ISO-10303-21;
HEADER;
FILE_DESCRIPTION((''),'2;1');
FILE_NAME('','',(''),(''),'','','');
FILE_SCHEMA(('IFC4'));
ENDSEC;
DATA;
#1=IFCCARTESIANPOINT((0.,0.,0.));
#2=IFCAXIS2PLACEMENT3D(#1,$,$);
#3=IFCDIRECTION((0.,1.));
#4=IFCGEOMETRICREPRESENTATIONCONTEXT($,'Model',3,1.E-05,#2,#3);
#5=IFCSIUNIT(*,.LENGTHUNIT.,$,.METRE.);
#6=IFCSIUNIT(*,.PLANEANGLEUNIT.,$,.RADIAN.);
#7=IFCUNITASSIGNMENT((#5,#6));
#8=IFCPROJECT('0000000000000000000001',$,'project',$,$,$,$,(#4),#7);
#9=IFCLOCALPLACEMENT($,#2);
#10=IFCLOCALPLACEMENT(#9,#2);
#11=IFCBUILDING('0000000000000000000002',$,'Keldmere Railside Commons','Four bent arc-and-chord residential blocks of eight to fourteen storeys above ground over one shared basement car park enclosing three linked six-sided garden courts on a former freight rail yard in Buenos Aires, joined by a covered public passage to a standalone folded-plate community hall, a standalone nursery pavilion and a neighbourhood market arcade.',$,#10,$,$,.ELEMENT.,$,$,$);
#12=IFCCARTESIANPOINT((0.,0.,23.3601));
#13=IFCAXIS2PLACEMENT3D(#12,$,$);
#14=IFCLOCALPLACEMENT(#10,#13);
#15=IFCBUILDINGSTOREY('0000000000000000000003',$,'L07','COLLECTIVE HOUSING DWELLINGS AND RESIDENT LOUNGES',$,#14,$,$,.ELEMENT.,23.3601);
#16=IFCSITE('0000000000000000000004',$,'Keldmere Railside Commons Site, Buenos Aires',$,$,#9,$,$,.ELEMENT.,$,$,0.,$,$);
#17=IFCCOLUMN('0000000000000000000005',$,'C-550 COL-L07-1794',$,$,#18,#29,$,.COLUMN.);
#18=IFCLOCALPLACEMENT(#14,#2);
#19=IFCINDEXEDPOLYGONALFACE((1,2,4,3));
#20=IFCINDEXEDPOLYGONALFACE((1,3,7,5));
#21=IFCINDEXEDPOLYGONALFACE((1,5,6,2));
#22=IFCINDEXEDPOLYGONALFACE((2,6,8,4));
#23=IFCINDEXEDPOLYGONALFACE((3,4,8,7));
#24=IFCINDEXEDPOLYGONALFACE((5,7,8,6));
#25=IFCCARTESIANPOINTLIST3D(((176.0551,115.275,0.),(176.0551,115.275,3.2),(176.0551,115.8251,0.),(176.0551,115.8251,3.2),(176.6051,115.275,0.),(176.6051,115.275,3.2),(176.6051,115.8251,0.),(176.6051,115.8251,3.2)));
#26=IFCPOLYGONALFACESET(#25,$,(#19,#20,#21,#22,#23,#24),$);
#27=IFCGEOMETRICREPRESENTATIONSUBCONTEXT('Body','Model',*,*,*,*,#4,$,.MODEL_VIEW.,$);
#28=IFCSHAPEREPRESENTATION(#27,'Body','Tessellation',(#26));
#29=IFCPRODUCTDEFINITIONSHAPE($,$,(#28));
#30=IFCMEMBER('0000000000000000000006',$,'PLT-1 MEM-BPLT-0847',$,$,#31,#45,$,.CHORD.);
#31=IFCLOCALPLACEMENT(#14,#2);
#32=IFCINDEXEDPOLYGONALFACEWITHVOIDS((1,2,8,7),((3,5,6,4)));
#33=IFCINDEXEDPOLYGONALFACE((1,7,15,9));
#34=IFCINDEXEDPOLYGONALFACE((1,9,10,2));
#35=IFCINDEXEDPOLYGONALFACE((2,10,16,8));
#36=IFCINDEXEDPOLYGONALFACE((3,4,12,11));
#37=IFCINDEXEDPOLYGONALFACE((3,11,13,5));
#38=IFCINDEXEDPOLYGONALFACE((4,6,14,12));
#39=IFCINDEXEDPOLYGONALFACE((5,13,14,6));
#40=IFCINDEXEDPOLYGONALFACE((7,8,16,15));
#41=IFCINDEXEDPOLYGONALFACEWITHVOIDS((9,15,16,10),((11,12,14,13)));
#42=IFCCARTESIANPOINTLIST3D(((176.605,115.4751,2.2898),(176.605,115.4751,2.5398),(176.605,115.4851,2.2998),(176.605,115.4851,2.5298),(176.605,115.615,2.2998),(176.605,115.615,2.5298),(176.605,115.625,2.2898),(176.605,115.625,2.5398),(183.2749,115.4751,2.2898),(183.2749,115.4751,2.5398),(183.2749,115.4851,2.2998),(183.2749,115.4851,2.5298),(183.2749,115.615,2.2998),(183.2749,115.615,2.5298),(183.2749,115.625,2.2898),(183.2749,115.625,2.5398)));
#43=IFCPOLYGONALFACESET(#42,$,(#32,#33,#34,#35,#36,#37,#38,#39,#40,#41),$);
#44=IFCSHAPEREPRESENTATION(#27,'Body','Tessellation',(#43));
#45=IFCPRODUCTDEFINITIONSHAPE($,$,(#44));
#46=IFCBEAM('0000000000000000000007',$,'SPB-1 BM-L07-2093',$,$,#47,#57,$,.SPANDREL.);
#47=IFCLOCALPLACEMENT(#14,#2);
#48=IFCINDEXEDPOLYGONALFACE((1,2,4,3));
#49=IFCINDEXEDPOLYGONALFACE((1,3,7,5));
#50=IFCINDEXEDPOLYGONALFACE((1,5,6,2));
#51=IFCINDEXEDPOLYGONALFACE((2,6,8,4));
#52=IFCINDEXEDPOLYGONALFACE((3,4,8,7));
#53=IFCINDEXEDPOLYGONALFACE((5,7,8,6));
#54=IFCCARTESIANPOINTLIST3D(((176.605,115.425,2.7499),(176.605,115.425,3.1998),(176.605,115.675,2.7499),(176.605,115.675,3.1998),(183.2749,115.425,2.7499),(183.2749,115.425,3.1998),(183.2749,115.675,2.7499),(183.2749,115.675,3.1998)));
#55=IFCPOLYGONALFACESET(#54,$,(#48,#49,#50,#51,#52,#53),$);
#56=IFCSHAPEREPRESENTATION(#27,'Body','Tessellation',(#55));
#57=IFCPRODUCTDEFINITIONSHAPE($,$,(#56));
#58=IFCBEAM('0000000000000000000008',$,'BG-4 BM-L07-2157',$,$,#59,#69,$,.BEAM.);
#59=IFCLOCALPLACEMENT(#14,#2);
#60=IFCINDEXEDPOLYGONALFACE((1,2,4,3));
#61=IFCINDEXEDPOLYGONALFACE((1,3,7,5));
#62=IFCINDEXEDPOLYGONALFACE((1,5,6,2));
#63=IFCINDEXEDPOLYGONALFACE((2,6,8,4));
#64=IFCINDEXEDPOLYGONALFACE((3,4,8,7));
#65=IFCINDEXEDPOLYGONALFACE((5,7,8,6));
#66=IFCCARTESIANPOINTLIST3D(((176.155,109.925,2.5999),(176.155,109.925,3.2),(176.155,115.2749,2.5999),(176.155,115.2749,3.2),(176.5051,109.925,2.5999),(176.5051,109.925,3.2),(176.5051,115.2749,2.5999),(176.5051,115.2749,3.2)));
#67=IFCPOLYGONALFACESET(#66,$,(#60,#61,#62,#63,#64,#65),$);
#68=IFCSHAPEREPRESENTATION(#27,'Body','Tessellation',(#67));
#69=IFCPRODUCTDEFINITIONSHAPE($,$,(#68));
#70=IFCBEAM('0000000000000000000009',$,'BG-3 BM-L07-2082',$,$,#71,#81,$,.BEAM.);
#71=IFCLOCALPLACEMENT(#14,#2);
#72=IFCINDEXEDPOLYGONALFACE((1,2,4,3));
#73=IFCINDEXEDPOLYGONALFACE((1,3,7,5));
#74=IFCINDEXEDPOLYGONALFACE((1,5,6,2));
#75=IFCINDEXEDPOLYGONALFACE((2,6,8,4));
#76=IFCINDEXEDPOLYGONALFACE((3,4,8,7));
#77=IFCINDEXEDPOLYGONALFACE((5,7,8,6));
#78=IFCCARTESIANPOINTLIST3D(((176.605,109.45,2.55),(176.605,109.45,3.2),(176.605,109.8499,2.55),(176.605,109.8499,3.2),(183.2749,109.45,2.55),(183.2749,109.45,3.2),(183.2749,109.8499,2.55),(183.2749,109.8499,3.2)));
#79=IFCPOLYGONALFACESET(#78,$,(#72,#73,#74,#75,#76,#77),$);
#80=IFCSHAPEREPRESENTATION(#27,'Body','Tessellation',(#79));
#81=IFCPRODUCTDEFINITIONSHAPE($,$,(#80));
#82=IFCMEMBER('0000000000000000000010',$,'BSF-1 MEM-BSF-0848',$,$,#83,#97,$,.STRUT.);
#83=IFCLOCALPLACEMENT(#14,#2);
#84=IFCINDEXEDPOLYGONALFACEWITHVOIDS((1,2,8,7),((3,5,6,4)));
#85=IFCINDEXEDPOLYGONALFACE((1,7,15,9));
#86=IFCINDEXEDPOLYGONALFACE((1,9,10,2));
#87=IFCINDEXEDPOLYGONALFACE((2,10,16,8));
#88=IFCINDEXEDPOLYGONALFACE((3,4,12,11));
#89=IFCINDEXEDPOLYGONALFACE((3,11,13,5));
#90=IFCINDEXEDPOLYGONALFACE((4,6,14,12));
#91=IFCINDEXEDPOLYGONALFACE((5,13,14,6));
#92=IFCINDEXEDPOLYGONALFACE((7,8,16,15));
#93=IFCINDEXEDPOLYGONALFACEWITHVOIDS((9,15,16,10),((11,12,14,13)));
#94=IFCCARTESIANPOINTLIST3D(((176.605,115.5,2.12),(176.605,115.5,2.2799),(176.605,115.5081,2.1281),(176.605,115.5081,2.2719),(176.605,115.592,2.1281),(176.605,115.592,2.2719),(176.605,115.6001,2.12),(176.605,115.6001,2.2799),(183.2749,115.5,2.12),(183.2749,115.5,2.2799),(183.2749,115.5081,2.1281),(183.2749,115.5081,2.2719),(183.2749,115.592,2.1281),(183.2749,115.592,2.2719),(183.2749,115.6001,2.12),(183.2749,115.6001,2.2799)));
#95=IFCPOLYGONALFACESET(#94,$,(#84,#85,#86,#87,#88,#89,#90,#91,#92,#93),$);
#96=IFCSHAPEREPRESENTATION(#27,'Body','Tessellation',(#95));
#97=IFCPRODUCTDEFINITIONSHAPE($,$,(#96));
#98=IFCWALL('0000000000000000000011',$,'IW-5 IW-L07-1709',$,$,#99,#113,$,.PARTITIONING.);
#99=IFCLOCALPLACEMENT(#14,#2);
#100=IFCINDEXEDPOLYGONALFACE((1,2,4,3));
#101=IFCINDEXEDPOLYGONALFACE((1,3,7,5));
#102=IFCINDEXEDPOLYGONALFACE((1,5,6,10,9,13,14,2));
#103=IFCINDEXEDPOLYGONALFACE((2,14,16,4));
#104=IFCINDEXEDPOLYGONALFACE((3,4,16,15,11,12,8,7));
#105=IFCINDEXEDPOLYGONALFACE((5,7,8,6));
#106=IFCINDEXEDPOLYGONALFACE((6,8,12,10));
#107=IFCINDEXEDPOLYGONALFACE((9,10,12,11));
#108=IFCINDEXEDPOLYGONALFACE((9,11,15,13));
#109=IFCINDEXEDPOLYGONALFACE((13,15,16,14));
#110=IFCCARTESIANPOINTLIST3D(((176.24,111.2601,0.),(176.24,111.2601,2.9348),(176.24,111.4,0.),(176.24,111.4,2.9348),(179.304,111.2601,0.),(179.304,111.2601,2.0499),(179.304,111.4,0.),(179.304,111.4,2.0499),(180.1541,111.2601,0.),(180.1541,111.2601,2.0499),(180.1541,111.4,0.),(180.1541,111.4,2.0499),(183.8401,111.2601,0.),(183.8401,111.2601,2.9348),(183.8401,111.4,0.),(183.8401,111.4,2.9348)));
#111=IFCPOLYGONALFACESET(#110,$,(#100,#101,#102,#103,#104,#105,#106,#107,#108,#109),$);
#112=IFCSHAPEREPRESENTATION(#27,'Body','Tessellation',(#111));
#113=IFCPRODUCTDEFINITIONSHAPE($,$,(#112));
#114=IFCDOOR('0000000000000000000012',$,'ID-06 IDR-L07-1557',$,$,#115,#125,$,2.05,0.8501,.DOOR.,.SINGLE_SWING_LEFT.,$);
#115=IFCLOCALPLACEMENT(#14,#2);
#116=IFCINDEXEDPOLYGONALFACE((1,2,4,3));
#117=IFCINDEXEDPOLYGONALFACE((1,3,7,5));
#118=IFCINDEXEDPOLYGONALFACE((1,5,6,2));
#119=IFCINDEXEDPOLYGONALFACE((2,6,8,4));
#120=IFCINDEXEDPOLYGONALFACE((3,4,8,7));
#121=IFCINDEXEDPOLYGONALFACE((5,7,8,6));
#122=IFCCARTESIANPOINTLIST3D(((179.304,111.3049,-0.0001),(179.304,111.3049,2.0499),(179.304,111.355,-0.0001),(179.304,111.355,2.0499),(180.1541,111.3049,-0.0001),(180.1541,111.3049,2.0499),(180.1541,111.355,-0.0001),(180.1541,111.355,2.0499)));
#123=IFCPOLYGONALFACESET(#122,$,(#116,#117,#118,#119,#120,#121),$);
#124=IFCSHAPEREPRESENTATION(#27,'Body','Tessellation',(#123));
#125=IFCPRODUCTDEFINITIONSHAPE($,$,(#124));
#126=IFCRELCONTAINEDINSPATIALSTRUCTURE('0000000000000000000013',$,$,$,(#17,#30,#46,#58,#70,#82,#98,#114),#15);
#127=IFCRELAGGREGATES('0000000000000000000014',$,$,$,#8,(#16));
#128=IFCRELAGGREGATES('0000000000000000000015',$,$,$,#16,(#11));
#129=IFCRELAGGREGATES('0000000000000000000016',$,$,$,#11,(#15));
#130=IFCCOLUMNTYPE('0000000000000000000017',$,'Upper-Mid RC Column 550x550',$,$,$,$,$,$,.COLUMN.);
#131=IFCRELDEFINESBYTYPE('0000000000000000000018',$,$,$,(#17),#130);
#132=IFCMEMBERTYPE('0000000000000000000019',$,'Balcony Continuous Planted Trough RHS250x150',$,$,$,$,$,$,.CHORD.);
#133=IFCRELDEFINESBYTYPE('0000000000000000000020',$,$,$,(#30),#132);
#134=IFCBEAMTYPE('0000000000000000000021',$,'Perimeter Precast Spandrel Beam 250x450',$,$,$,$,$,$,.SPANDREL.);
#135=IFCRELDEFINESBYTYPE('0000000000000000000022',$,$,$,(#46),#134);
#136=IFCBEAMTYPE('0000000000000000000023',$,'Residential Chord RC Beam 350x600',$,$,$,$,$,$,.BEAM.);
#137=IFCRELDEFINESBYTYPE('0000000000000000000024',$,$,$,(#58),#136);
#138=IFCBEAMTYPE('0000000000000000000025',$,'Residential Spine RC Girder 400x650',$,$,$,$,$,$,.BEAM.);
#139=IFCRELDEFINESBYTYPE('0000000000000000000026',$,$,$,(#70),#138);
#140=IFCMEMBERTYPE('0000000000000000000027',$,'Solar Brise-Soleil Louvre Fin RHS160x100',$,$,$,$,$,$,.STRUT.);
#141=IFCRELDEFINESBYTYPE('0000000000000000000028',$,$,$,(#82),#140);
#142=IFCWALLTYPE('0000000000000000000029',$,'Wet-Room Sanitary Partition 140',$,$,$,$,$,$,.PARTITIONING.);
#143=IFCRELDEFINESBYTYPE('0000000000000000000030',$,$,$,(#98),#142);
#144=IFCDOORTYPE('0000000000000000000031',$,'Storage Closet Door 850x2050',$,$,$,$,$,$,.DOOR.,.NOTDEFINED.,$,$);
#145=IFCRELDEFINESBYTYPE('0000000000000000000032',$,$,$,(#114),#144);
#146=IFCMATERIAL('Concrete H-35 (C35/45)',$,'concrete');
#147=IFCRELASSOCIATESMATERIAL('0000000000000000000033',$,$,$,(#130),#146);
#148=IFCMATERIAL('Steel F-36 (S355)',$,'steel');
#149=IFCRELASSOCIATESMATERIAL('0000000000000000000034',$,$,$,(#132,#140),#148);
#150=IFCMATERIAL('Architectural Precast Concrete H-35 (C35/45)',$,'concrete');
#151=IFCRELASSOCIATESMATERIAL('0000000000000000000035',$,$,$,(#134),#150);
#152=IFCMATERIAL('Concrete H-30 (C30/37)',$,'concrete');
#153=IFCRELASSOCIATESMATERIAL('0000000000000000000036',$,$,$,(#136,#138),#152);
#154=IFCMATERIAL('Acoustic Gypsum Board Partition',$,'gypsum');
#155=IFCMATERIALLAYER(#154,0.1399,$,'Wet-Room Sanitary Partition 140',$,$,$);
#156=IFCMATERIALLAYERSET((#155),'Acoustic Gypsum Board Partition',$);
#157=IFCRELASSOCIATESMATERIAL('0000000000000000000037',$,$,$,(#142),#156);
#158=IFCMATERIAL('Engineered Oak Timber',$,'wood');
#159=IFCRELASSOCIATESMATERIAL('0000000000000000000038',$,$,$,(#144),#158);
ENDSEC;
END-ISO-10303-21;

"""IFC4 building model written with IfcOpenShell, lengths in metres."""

from ifc_helpers import new_model, si_unit, direction, frame, frame_2d, origin, origin_2d, place, context, subcontext, project, spatial, rectangle, hollow_rectangle, extrude, material, layer, layer_set, material_profile, profile_set, type_object, element, fill, save


model = new_model("IFC4")

# Units and contexts
model_context = context("Model", 3, precision=1e-05, world=origin(), true_north=direction((0.0, 1.0)))
body_context = subcontext(model_context, "Body", "Model", "MODEL_VIEW")
ifc_project = project(units=[si_unit("LENGTHUNIT", "METRE"), si_unit("PLANEANGLEUNIT", "RADIAN")], contexts=[model_context])

# Site, building, storey
site_placement = place(None, origin())
site = spatial("IfcSite", under=ifc_project, at=site_placement, Name="Keldmere Railside Commons Site, Buenos Aires", CompositionType="ELEMENT", RefElevation=0.0)
building_placement = place(site_placement, origin())
building = spatial("IfcBuilding", under=site, at=building_placement, Name="Keldmere Railside Commons", Description="Four bent arc-and-chord residential blocks of eight to fourteen storeys above ground over one shared basement car park enclosing three linked six-sided garden courts on a former freight rail yard in Buenos Aires, joined by a covered public passage to a standalone folded-plate community hall, a standalone nursery pavilion and a neighbourhood market arcade.", CompositionType="ELEMENT")
storey_placement = place(building_placement, frame((0.0, 0.0, 23.3601)))
storey = spatial("IfcBuildingStorey", under=building, at=storey_placement, Name="L07", Description="COLLECTIVE HOUSING DWELLINGS AND RESIDENT LOUNGES", CompositionType="ELEMENT", Elevation=23.3601)

# Column
ifc_material_1 = material(Name="Concrete H-35 (C35/45)", Category="concrete")
ifc_material_profile_1 = material_profile(ifc_material_1, rectangle(XDim=0.55, YDim=0.55, at=origin_2d()), Name="RC-550x550")
ifc_profile_set_1 = profile_set([ifc_material_profile_1], Name="Concrete H-35 (C35/45)")
column_type = type_object("IfcColumnType", Name="Upper-Mid RC Column 550x550", PredefinedType="COLUMN", material=ifc_profile_set_1)
column_placement = place(storey_placement, frame((176.3301, 115.55, 0.0), z_axis=(0.0, 0.0, 1.0), x_axis=(1.0, 0.0, 0.0)))
element("IfcColumn", 1, at=column_placement, inside=storey, type_object=column_type, Name="C-550 COL-L07-1794", PredefinedType="COLUMN", context=body_context, shape_type="SweptSolid", body=[
    extrude(rectangle(XDim=0.55, YDim=0.55, at=origin_2d()), origin(), (0.0, 0.0, 1.0), 3.2),
])

# Member
ifc_material_2 = material(Name="Steel F-36 (S355)", Category="steel")
ifc_material_profile_2 = material_profile(ifc_material_2, hollow_rectangle(XDim=0.1499, YDim=0.25, WallThickness=0.01, at=origin_2d()), Name="RHS-250x150x10")
ifc_profile_set_2 = profile_set([ifc_material_profile_2], Name="Steel F-36 (S355)")
member_type_1 = type_object("IfcMemberType", Name="Balcony Continuous Planted Trough RHS250x150", PredefinedType="CHORD", material=ifc_profile_set_2)
member_1_placement = place(storey_placement, frame((176.605, 115.55, 2.4148), z_axis=(1.0, 0.0, 0.0), x_axis=(0.0, 1.0, 0.0)))
element("IfcMember", 2, at=member_1_placement, inside=storey, type_object=member_type_1, Name="PLT-1 MEM-BPLT-0847", PredefinedType="CHORD", context=body_context, shape_type="SweptSolid", body=[
    extrude(hollow_rectangle(XDim=0.1499, YDim=0.25, WallThickness=0.01, at=origin_2d()), origin(), (0.0, 0.0, 1.0), 6.6699),
])

# Beams
ifc_material_3 = material(Name="Architectural Precast Concrete H-35 (C35/45)", Category="concrete")
ifc_material_profile_3 = material_profile(ifc_material_3, rectangle(XDim=0.25, YDim=0.45, at=origin_2d()), Name="RC-250x450")
ifc_profile_set_3 = profile_set([ifc_material_profile_3], Name="Architectural Precast Concrete H-35 (C35/45)")
beam_type_1 = type_object("IfcBeamType", Name="Perimeter Precast Spandrel Beam 250x450", PredefinedType="SPANDREL", material=ifc_profile_set_3)
beam_1_placement = place(storey_placement, frame((176.605, 115.55, 2.9749), z_axis=(1.0, 0.0, 0.0), x_axis=(0.0, 1.0, 0.0)))
element("IfcBeam", 3, at=beam_1_placement, inside=storey, type_object=beam_type_1, Name="SPB-1 BM-L07-2093", PredefinedType="SPANDREL", context=body_context, shape_type="SweptSolid", body=[
    extrude(rectangle(XDim=0.25, YDim=0.45, at=origin_2d()), origin(), (0.0, 0.0, 1.0), 6.6699),
])
ifc_material_4 = material(Name="Concrete H-30 (C30/37)", Category="concrete")
ifc_material_profile_4 = material_profile(ifc_material_4, rectangle(XDim=0.3501, YDim=0.6001, at=origin_2d()), Name="RC-350x600")
ifc_profile_set_4 = profile_set([ifc_material_profile_4], Name="Concrete H-30 (C30/37)")
beam_type_2 = type_object("IfcBeamType", Name="Residential Chord RC Beam 350x600", PredefinedType="BEAM", material=ifc_profile_set_4)
beam_2_placement = place(storey_placement, frame((176.3301, 109.925, 2.8999), z_axis=(0.0, 1.0, 0.0), x_axis=(-1.0, 0.0, 0.0)))
element("IfcBeam", 4, at=beam_2_placement, inside=storey, type_object=beam_type_2, Name="BG-4 BM-L07-2157", PredefinedType="BEAM", context=body_context, shape_type="SweptSolid", body=[
    extrude(rectangle(XDim=0.3501, YDim=0.6001, at=origin_2d()), origin(), (0.0, 0.0, 1.0), 5.3499),
])
ifc_material_profile_5 = material_profile(ifc_material_4, rectangle(XDim=0.3999, YDim=0.6499, at=origin_2d()), Name="RC-400x650")
ifc_profile_set_5 = profile_set([ifc_material_profile_5], Name="Concrete H-30 (C30/37)")
beam_type_3 = type_object("IfcBeamType", Name="Residential Spine RC Girder 400x650", PredefinedType="BEAM", material=ifc_profile_set_5)
beam_3_placement = place(storey_placement, frame((176.605, 109.6499, 2.875), z_axis=(1.0, 0.0, 0.0), x_axis=(0.0, 1.0, 0.0)))
element("IfcBeam", 5, at=beam_3_placement, inside=storey, type_object=beam_type_3, Name="BG-3 BM-L07-2082", PredefinedType="BEAM", context=body_context, shape_type="SweptSolid", body=[
    extrude(rectangle(XDim=0.3999, YDim=0.6499, at=origin_2d()), origin(), (0.0, 0.0, 1.0), 6.6699),
])

# Member
ifc_material_profile_6 = material_profile(ifc_material_2, hollow_rectangle(XDim=0.1001, YDim=0.1599, WallThickness=0.0081, at=origin_2d()), Name="RHS-160x100x8")
ifc_profile_set_6 = profile_set([ifc_material_profile_6], Name="Steel F-36 (S355)")
member_type_2 = type_object("IfcMemberType", Name="Solar Brise-Soleil Louvre Fin RHS160x100", PredefinedType="STRUT", material=ifc_profile_set_6)
member_2_placement = place(storey_placement, frame((176.605, 115.55, 2.2), z_axis=(1.0, 0.0, 0.0), x_axis=(0.0, 1.0, 0.0)))
element("IfcMember", 6, at=member_2_placement, inside=storey, type_object=member_type_2, Name="BSF-1 MEM-BSF-0848", PredefinedType="STRUT", context=body_context, shape_type="SweptSolid", body=[
    extrude(hollow_rectangle(XDim=0.1001, YDim=0.1599, WallThickness=0.0081, at=origin_2d()), origin(), (0.0, 0.0, 1.0), 6.6699),
])

# Wall, opening, door
ifc_material_5 = material(Name="Acoustic Gypsum Board Partition", Category="gypsum")
ifc_layer = layer(ifc_material_5, 0.1399, Name="Wet-Room Sanitary Partition 140")
ifc_layer_set = layer_set([ifc_layer], Name="Acoustic Gypsum Board Partition")
wall_type = type_object("IfcWallType", Name="Wet-Room Sanitary Partition 140", PredefinedType="PARTITIONING", material=ifc_layer_set)
wall_placement = place(storey_placement, frame((176.24, 111.3301, 0.0), z_axis=(0.0, 0.0, 1.0), x_axis=(1.0, 0.0, 0.0)))
wall = element("IfcWall", 7, at=wall_placement, inside=storey, type_object=wall_type, Name="IW-5 IW-L07-1709", PredefinedType="PARTITIONING", context=body_context, shape_type="SweptSolid", body=[
    extrude(rectangle(XDim=7.6001, YDim=0.1399, at=frame_2d((3.8, 0.0))), origin(), (0.0, 0.0, 1.0), 2.9348),
])
opening_placement = place(wall_placement, frame((3.064, 0.0, 0.0)))
opening = element("IfcOpeningElement", 8, at=opening_placement, cuts=wall, PredefinedType="OPENING", context=body_context, shape_type="SweptSolid", body=[
    extrude(rectangle(XDim=0.8501, YDim=2.05, at=frame_2d((0.425, 1.0249))), frame((0.0, 0.0798, 0.0), z_axis=(0.0, -1.0, 0.0), x_axis=(1.0, 0.0, 0.0)), (0.0, 0.0, 1.0), 0.1599),
])
ifc_material_6 = material(Name="Engineered Oak Timber", Category="wood")
door_type = type_object("IfcDoorType", Name="Storage Closet Door 850x2050", OperationType="NOTDEFINED", PredefinedType="DOOR", material=ifc_material_6)
door_placement = place(opening_placement, origin())
door = element("IfcDoor", 9, at=door_placement, inside=storey, type_object=door_type, Name="ID-06 IDR-L07-1557", OperationType="SINGLE_SWING_LEFT", OverallHeight=2.05, OverallWidth=0.8501, PredefinedType="DOOR", context=body_context, shape_type="SweptSolid", body=[
    extrude(rectangle(XDim=0.8501, YDim=2.05, at=frame_2d((0.425, 1.0249))), frame((0.0, 0.0249, 0.0), z_axis=(0.0, -1.0, 0.0), x_axis=(1.0, 0.0, 0.0)), (0.0, 0.0, 1.0), 0.05),
])
fill(opening, door)

save(model, "model.ifc")
